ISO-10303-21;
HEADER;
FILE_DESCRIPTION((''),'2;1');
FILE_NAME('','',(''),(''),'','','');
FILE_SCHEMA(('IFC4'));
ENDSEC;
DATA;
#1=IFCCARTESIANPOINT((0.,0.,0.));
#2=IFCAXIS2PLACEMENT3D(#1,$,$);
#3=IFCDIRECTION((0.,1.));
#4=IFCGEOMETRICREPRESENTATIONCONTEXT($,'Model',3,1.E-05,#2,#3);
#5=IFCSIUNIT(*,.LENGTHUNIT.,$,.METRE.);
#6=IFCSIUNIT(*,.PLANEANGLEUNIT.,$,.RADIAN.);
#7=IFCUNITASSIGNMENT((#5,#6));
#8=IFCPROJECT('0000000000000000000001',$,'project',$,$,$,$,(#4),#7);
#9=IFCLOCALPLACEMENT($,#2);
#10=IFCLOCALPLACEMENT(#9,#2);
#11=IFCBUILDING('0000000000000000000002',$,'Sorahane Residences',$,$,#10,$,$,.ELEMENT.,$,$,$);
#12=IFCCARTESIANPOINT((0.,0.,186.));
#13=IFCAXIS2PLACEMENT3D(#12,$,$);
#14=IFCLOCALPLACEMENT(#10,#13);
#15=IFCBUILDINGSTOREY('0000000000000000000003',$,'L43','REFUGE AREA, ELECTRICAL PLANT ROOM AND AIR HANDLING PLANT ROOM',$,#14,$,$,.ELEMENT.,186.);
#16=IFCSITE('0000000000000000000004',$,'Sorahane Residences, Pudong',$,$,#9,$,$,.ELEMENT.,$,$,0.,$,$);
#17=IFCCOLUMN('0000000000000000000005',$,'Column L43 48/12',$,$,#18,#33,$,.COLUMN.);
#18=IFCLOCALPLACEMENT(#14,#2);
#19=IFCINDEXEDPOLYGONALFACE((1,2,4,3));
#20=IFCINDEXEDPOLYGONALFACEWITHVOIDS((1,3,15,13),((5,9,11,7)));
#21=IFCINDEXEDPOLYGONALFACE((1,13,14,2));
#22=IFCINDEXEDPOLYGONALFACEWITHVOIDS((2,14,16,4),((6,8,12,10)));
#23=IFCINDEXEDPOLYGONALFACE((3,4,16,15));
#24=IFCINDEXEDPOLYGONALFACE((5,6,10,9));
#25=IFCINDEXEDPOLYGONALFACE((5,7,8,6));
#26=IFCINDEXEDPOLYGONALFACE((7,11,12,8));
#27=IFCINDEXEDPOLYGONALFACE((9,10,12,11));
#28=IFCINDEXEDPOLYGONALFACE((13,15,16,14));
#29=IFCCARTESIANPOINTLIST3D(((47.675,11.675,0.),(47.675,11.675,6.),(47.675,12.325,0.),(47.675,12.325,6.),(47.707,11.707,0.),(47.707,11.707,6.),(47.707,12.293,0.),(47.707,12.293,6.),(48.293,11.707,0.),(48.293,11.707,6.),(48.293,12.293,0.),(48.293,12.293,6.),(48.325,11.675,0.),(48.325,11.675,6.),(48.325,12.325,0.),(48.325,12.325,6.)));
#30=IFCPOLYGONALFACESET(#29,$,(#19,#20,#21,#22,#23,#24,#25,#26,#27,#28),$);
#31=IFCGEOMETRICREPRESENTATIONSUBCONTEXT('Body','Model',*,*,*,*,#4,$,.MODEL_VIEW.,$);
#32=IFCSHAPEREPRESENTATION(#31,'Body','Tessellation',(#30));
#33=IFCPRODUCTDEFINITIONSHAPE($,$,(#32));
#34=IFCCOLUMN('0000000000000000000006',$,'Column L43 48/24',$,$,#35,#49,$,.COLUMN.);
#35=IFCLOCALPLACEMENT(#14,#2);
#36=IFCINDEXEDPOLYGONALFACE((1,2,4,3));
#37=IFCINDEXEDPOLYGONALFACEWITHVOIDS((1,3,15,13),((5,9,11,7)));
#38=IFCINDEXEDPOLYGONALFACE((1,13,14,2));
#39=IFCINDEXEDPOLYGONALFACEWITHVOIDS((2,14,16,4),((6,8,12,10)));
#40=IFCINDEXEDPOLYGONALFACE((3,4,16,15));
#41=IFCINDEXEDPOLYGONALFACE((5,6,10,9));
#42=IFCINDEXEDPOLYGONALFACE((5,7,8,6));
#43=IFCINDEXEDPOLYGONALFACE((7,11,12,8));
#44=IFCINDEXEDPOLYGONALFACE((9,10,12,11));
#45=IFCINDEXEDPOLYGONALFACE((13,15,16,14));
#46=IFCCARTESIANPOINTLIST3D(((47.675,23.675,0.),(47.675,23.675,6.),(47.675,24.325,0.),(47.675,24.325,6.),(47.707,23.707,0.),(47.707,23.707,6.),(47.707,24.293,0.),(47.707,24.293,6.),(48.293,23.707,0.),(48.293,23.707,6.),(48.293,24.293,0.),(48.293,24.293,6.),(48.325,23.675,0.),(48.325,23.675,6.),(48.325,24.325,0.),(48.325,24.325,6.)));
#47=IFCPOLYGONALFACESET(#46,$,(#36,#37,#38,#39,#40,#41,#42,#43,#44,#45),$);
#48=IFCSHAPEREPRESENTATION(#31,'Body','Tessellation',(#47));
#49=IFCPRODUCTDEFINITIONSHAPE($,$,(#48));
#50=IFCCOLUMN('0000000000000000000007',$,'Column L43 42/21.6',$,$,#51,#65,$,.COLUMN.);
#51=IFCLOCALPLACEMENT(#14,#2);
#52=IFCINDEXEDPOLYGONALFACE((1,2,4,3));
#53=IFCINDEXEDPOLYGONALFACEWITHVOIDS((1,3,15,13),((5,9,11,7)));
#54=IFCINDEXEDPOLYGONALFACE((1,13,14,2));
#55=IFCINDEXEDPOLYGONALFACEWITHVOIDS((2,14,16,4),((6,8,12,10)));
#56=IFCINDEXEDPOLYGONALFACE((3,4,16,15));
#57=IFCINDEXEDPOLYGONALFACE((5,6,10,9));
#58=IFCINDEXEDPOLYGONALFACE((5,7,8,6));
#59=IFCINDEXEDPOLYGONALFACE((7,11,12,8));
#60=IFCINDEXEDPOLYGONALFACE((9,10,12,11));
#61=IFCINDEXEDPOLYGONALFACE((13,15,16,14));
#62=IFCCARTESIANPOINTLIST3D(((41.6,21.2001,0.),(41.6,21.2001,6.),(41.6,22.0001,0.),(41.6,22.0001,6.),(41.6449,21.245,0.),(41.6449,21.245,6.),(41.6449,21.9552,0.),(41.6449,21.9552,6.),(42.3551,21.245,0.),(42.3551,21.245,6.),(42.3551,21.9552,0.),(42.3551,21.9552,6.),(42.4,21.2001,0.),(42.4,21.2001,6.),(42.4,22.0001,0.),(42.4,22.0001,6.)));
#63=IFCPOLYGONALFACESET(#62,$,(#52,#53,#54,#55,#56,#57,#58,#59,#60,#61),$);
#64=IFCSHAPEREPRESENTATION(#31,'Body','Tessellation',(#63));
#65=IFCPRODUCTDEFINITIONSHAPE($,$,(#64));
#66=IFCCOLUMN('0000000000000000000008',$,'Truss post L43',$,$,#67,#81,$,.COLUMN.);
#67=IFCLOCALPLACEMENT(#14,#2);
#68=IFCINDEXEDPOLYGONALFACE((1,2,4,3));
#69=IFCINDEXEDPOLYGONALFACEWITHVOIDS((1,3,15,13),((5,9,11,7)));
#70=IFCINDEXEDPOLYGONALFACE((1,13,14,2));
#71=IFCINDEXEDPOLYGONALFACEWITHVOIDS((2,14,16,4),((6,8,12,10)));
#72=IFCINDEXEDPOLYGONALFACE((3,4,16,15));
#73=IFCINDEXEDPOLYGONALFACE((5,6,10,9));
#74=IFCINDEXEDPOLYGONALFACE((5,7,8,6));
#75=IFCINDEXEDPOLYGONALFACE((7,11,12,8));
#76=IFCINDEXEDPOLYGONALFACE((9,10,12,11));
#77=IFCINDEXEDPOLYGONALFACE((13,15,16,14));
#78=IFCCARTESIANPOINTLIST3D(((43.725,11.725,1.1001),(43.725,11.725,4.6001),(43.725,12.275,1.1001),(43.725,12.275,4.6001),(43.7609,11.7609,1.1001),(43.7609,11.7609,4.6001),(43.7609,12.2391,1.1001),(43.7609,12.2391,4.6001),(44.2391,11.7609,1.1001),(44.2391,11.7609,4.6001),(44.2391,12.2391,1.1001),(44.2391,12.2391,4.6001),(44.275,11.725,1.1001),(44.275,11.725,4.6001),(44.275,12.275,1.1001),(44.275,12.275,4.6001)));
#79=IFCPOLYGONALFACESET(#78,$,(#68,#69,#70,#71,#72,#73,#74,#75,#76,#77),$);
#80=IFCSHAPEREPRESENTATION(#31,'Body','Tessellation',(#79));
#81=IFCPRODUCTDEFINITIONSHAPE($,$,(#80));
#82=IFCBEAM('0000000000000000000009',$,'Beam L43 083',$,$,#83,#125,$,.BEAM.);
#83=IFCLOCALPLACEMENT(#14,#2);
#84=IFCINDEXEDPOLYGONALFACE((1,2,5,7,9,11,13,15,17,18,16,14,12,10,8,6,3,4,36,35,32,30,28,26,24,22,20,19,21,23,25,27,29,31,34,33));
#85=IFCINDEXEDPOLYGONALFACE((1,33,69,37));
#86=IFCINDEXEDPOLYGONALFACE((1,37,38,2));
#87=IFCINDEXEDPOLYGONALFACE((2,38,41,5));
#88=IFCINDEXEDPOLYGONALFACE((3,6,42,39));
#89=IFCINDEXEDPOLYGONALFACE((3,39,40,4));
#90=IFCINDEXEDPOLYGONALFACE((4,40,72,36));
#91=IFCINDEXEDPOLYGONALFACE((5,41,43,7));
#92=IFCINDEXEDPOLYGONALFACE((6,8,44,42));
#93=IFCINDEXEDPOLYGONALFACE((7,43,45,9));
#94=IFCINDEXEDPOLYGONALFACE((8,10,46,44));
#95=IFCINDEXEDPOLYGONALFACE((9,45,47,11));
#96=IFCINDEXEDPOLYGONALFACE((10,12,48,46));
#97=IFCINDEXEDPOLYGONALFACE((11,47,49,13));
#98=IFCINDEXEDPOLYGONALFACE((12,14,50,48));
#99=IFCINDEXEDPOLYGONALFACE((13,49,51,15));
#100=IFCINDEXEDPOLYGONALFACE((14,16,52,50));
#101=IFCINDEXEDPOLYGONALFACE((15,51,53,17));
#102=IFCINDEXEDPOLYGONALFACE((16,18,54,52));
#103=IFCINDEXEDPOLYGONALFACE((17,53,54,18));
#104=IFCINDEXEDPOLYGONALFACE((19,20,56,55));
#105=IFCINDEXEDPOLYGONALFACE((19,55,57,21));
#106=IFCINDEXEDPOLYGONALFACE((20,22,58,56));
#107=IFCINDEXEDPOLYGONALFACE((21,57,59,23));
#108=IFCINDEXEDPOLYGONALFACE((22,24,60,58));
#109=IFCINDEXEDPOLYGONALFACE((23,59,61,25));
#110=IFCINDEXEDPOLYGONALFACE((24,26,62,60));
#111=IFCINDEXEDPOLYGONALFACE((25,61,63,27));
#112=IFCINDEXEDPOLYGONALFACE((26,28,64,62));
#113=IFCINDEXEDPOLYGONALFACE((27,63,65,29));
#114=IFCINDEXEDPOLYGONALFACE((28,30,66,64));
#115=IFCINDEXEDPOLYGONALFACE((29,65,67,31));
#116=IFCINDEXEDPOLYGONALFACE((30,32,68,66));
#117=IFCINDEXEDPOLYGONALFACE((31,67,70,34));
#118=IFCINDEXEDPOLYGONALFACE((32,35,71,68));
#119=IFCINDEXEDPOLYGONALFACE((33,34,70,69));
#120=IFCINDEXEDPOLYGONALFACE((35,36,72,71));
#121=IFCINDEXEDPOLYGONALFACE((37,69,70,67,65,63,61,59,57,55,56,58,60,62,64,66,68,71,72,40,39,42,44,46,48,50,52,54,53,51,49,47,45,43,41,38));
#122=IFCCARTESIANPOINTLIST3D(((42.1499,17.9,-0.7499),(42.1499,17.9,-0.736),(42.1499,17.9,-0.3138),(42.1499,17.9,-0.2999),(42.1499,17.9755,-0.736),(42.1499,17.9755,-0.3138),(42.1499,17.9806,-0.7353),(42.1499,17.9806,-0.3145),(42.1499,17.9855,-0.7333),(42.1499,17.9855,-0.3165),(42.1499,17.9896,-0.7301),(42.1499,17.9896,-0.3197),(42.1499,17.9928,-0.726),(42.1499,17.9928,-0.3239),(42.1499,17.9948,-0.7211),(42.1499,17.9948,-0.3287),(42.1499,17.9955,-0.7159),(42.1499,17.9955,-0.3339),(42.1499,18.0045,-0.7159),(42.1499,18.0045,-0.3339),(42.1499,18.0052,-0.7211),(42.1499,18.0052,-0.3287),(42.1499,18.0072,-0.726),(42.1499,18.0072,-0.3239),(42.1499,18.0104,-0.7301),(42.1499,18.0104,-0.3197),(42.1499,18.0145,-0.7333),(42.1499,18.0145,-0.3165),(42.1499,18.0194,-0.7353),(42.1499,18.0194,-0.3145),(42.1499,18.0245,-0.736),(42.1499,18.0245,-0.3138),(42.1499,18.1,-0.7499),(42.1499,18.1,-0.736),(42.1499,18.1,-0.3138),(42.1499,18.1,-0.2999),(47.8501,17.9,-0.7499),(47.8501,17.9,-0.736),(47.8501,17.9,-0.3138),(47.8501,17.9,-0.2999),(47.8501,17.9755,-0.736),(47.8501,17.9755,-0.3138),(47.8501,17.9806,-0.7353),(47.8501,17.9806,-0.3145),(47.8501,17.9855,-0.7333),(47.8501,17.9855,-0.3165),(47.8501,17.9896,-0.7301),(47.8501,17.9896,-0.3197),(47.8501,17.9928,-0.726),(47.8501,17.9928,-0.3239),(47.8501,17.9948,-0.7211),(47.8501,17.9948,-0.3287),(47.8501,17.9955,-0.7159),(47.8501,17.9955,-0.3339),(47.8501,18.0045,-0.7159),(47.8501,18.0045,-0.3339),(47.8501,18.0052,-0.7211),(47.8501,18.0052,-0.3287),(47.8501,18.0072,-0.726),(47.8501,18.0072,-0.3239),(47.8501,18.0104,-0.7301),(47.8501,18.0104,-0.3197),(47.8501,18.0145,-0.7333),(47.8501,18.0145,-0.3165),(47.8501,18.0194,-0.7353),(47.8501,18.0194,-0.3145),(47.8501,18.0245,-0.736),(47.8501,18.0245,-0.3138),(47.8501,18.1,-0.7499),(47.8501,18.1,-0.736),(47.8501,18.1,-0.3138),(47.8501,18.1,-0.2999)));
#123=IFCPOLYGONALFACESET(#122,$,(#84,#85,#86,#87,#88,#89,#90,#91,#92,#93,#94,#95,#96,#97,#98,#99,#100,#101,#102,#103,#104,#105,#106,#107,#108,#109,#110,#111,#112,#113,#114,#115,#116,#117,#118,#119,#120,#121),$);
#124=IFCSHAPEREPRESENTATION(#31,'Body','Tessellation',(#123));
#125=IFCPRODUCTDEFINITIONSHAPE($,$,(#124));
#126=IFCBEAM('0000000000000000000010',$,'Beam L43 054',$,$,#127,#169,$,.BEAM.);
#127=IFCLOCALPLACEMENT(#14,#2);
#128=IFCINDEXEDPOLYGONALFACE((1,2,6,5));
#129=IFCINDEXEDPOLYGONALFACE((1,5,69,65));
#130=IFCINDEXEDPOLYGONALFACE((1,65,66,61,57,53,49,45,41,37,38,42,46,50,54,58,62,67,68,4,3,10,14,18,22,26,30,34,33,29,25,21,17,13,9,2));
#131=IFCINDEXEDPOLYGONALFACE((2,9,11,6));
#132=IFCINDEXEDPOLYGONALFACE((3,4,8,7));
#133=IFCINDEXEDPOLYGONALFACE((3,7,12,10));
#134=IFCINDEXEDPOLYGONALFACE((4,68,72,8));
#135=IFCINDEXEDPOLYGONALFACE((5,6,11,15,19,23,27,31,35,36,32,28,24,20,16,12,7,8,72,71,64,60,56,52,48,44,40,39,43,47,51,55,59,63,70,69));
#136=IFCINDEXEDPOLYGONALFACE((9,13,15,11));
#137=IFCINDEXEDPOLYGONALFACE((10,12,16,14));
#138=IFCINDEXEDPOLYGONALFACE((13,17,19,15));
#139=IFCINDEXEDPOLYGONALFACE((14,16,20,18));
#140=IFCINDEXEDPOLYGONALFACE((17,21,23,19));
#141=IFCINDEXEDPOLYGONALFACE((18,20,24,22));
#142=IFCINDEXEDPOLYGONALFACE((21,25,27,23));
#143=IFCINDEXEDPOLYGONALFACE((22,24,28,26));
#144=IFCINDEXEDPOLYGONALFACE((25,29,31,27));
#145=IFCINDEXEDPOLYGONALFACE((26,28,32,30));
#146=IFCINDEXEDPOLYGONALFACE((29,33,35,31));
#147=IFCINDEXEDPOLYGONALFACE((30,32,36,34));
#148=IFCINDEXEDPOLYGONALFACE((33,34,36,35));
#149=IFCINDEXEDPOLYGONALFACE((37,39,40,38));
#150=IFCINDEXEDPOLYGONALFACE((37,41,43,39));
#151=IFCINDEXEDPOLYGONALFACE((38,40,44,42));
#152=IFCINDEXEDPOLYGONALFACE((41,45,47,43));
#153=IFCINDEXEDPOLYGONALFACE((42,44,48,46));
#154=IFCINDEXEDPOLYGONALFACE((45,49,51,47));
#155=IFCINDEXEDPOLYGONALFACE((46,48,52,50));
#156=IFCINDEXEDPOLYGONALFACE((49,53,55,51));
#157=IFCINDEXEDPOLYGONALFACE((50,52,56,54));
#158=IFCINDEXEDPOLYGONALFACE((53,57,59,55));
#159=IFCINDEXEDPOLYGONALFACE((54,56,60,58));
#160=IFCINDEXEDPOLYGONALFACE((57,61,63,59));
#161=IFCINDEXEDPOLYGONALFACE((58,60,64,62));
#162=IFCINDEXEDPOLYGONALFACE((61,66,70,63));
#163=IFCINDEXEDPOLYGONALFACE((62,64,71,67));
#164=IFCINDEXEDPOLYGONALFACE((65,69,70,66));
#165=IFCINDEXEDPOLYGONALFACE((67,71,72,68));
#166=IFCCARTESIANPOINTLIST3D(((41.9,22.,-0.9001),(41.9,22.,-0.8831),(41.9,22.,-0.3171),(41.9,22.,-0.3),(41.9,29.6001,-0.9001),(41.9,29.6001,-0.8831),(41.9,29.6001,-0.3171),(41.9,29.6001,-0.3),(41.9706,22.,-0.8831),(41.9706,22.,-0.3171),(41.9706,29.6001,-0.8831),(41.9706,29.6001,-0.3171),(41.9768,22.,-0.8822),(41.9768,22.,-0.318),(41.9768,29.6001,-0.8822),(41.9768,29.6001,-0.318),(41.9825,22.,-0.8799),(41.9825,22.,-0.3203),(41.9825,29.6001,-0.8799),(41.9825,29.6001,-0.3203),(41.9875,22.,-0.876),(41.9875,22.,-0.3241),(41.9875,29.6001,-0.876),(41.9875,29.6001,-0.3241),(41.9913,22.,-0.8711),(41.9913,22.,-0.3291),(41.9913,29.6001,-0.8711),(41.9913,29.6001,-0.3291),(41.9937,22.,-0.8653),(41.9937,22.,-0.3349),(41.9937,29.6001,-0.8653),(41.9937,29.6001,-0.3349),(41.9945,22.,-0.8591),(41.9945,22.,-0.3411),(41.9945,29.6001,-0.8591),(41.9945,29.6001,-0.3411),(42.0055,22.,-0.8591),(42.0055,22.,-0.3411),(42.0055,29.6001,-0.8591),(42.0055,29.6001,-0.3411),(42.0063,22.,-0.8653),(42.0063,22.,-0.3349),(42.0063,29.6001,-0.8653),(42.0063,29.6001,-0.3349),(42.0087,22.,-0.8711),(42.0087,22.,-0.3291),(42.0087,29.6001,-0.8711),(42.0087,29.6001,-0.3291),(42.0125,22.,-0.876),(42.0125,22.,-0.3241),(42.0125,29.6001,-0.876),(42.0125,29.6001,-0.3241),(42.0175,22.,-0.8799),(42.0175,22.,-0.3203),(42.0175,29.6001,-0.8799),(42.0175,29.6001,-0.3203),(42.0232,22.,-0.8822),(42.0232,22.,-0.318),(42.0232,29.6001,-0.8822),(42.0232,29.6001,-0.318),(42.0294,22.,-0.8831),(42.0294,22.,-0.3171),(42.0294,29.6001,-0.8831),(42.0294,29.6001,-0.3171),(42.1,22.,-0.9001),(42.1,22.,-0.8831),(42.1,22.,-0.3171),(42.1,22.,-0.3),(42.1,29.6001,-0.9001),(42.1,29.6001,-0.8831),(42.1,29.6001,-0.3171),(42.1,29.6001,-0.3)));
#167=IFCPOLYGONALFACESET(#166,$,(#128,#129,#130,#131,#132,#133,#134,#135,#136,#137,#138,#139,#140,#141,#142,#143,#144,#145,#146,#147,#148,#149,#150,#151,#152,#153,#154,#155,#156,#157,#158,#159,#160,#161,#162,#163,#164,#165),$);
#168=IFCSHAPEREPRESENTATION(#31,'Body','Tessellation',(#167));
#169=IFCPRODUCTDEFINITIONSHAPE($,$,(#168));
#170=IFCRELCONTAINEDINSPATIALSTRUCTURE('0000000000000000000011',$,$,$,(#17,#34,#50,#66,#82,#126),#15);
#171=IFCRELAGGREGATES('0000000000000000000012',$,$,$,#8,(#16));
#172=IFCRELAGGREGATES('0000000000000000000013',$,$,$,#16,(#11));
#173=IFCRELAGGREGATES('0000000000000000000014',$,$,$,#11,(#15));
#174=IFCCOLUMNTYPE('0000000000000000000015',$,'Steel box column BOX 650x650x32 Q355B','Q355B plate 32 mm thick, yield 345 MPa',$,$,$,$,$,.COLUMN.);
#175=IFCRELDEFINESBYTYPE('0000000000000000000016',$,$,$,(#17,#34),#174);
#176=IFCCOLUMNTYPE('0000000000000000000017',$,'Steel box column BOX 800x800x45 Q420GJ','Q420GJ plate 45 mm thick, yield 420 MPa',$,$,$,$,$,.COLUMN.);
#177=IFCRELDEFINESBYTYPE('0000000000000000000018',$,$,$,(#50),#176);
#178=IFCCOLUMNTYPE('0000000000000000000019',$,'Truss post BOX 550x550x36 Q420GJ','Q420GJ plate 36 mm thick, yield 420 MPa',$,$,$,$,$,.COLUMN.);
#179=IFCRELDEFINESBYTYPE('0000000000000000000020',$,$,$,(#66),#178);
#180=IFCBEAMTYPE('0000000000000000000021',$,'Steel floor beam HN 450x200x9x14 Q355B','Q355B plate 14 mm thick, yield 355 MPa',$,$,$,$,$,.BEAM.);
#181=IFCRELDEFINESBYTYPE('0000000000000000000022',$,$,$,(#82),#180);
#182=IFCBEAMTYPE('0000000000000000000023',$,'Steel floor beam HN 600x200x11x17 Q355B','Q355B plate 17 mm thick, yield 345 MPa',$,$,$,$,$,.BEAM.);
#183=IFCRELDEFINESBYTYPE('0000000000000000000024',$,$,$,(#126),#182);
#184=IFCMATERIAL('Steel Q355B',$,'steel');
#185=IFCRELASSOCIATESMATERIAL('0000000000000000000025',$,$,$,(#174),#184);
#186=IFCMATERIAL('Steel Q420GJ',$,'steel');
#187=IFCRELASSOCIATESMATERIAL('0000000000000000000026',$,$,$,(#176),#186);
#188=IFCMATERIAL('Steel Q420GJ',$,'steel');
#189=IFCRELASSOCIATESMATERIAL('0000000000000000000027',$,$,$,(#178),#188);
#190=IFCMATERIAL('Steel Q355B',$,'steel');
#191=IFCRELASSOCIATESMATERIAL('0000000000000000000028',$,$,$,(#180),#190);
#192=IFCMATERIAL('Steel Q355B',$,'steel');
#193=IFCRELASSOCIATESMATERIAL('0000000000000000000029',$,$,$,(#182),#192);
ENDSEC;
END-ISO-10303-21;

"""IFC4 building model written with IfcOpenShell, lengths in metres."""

from ifc_helpers import new_model, si_unit, direction, frame, origin, origin_2d, place, context, subcontext, project, spatial, hollow_rectangle, i_section, extrude, material, material_profile, profile_set, type_object, element, save


model = new_model("IFC4")

# Units and contexts
model_context = context("Model", 3, precision=1e-05, world=origin(), true_north=direction((0.0, 1.0)))
body_context = subcontext(model_context, "Body", "Model", "MODEL_VIEW")
ifc_project = project(units=[si_unit("LENGTHUNIT", "METRE"), si_unit("PLANEANGLEUNIT", "RADIAN")], contexts=[model_context])

# Site, building, storey
site_placement = place(None, origin())
site = spatial("IfcSite", under=ifc_project, at=site_placement, Name="Sorahane Residences, Pudong", CompositionType="ELEMENT", RefElevation=0.0)
building_placement = place(site_placement, origin())
building = spatial("IfcBuilding", under=site, at=building_placement, Name="Sorahane Residences", CompositionType="ELEMENT")
storey_placement = place(building_placement, frame((0.0, 0.0, 186.0)))
storey = spatial("IfcBuildingStorey", under=building, at=storey_placement, Name="L43", Description="REFUGE AREA, ELECTRICAL PLANT ROOM AND AIR HANDLING PLANT ROOM", CompositionType="ELEMENT", Elevation=186.0)

# Columns
ifc_material_1 = material(Name="Steel Q355B", Category="steel")
ifc_material_profile_1 = material_profile(ifc_material_1, hollow_rectangle(XDim=0.6499, YDim=0.6499, WallThickness=0.032, at=origin_2d()), Name="BOX 650x650x32")
ifc_profile_set_1 = profile_set([ifc_material_profile_1], Name="Steel Q355B")
column_type_1 = type_object("IfcColumnType", Name="Steel box column BOX 650x650x32 Q355B", Description="Q355B plate 32 mm thick, yield 345 MPa", PredefinedType="COLUMN", material=ifc_profile_set_1)
for number, where, z_axis, x_axis, name in (
    (1, (48.0, 12.0, 0.0), (0.0, 0.0, 1.0), (1.0, 0.0, 0.0), "Column L43 48/12"),
    (2, (48.0, 24.0, 0.0), (0.0, 0.0, 1.0), (1.0, 0.0, 0.0), "Column L43 48/24"),
):
    element("IfcColumn", number, at=place(storey_placement, frame(where, z_axis=z_axis, x_axis=x_axis)), inside=storey, type_object=column_type_1, Name=name, PredefinedType="COLUMN", context=body_context, shape_type="SweptSolid", body=[
        extrude(hollow_rectangle(XDim=0.6499, YDim=0.6499, WallThickness=0.032, at=origin_2d()), origin(), (0.0, 0.0, 1.0), 6.0),
    ])
ifc_material_2 = material(Name="Steel Q420GJ", Category="steel")
ifc_material_profile_2 = material_profile(ifc_material_2, hollow_rectangle(XDim=0.8, YDim=0.8, WallThickness=0.0449, at=origin_2d()), Name="BOX 800x800x45")
ifc_profile_set_2 = profile_set([ifc_material_profile_2], Name="Steel Q420GJ")
column_type_2 = type_object("IfcColumnType", Name="Steel box column BOX 800x800x45 Q420GJ", Description="Q420GJ plate 45 mm thick, yield 420 MPa", PredefinedType="COLUMN", material=ifc_profile_set_2)
column_1_placement = place(storey_placement, frame((42.0, 21.6001, 0.0), z_axis=(0.0, 0.0, 1.0), x_axis=(1.0, 0.0, 0.0)))
element("IfcColumn", 3, at=column_1_placement, inside=storey, type_object=column_type_2, Name="Column L43 42/21.6", PredefinedType="COLUMN", context=body_context, shape_type="SweptSolid", body=[
    extrude(hollow_rectangle(XDim=0.8, YDim=0.8, WallThickness=0.0449, at=origin_2d()), origin(), (0.0, 0.0, 1.0), 6.0),
])
ifc_material_3 = material(Name="Steel Q420GJ", Category="steel")
ifc_material_profile_3 = material_profile(ifc_material_3, hollow_rectangle(XDim=0.55, YDim=0.55, WallThickness=0.0359, at=origin_2d()), Name="BOX 550x550x36")
ifc_profile_set_3 = profile_set([ifc_material_profile_3], Name="Steel Q420GJ")
column_type_3 = type_object("IfcColumnType", Name="Truss post BOX 550x550x36 Q420GJ", Description="Q420GJ plate 36 mm thick, yield 420 MPa", PredefinedType="COLUMN", material=ifc_profile_set_3)
column_2_placement = place(storey_placement, frame((44.0, 12.0, 1.1001), z_axis=(0.0, 0.0, 1.0), x_axis=(1.0, 0.0, 0.0)))
element("IfcColumn", 4, at=column_2_placement, inside=storey, type_object=column_type_3, Name="Truss post L43", PredefinedType="COLUMN", context=body_context, shape_type="SweptSolid", body=[
    extrude(hollow_rectangle(XDim=0.55, YDim=0.55, WallThickness=0.0359, at=origin_2d()), origin(), (0.0, 0.0, 1.0), 3.5),
])

# Beams
ifc_material_4 = material(Name="Steel Q355B", Category="steel")
ifc_material_profile_4 = material_profile(ifc_material_4, i_section(OverallWidth=0.2, OverallDepth=0.45, WebThickness=0.009, FlangeThickness=0.0139, FilletRadius=0.02, at=origin_2d()), Name="HN 450x200x9x14")
ifc_profile_set_4 = profile_set([ifc_material_profile_4], Name="Steel Q355B")
beam_type_1 = type_object("IfcBeamType", Name="Steel floor beam HN 450x200x9x14 Q355B", Description="Q355B plate 14 mm thick, yield 355 MPa", PredefinedType="BEAM", material=ifc_profile_set_4)
beam_1_placement = place(storey_placement, frame((42.1499, 18.0, -0.5249), z_axis=(1.0, 0.0, 0.0), x_axis=(0.0, 1.0, 0.0)))
element("IfcBeam", 5, at=beam_1_placement, inside=storey, type_object=beam_type_1, Name="Beam L43 083", PredefinedType="BEAM", context=body_context, shape_type="SweptSolid", body=[
    extrude(i_section(OverallWidth=0.2, OverallDepth=0.45, WebThickness=0.009, FlangeThickness=0.0139, FilletRadius=0.02, at=origin_2d()), origin(), (0.0, 0.0, 1.0), 5.7002),
])
ifc_material_5 = material(Name="Steel Q355B", Category="steel")
ifc_material_profile_5 = material_profile(ifc_material_5, i_section(OverallWidth=0.2, OverallDepth=0.6001, WebThickness=0.011, FlangeThickness=0.0171, FilletRadius=0.0239, at=origin_2d()), Name="HN 600x200x11x17")
ifc_profile_set_5 = profile_set([ifc_material_profile_5], Name="Steel Q355B")
beam_type_2 = type_object("IfcBeamType", Name="Steel floor beam HN 600x200x11x17 Q355B", Description="Q355B plate 17 mm thick, yield 345 MPa", PredefinedType="BEAM", material=ifc_profile_set_5)
beam_2_placement = place(storey_placement, frame((42.0, 22.0, -0.6001), z_axis=(0.0, 1.0, 0.0), x_axis=(-1.0, 0.0, 0.0)))
element("IfcBeam", 6, at=beam_2_placement, inside=storey, type_object=beam_type_2, Name="Beam L43 054", PredefinedType="BEAM", context=body_context, shape_type="SweptSolid", body=[
    extrude(i_section(OverallWidth=0.2, OverallDepth=0.6001, WebThickness=0.011, FlangeThickness=0.0171, FilletRadius=0.0239, at=origin_2d()), origin(), (0.0, 0.0, 1.0), 7.6001),
])

save(model, "model.ifc")
